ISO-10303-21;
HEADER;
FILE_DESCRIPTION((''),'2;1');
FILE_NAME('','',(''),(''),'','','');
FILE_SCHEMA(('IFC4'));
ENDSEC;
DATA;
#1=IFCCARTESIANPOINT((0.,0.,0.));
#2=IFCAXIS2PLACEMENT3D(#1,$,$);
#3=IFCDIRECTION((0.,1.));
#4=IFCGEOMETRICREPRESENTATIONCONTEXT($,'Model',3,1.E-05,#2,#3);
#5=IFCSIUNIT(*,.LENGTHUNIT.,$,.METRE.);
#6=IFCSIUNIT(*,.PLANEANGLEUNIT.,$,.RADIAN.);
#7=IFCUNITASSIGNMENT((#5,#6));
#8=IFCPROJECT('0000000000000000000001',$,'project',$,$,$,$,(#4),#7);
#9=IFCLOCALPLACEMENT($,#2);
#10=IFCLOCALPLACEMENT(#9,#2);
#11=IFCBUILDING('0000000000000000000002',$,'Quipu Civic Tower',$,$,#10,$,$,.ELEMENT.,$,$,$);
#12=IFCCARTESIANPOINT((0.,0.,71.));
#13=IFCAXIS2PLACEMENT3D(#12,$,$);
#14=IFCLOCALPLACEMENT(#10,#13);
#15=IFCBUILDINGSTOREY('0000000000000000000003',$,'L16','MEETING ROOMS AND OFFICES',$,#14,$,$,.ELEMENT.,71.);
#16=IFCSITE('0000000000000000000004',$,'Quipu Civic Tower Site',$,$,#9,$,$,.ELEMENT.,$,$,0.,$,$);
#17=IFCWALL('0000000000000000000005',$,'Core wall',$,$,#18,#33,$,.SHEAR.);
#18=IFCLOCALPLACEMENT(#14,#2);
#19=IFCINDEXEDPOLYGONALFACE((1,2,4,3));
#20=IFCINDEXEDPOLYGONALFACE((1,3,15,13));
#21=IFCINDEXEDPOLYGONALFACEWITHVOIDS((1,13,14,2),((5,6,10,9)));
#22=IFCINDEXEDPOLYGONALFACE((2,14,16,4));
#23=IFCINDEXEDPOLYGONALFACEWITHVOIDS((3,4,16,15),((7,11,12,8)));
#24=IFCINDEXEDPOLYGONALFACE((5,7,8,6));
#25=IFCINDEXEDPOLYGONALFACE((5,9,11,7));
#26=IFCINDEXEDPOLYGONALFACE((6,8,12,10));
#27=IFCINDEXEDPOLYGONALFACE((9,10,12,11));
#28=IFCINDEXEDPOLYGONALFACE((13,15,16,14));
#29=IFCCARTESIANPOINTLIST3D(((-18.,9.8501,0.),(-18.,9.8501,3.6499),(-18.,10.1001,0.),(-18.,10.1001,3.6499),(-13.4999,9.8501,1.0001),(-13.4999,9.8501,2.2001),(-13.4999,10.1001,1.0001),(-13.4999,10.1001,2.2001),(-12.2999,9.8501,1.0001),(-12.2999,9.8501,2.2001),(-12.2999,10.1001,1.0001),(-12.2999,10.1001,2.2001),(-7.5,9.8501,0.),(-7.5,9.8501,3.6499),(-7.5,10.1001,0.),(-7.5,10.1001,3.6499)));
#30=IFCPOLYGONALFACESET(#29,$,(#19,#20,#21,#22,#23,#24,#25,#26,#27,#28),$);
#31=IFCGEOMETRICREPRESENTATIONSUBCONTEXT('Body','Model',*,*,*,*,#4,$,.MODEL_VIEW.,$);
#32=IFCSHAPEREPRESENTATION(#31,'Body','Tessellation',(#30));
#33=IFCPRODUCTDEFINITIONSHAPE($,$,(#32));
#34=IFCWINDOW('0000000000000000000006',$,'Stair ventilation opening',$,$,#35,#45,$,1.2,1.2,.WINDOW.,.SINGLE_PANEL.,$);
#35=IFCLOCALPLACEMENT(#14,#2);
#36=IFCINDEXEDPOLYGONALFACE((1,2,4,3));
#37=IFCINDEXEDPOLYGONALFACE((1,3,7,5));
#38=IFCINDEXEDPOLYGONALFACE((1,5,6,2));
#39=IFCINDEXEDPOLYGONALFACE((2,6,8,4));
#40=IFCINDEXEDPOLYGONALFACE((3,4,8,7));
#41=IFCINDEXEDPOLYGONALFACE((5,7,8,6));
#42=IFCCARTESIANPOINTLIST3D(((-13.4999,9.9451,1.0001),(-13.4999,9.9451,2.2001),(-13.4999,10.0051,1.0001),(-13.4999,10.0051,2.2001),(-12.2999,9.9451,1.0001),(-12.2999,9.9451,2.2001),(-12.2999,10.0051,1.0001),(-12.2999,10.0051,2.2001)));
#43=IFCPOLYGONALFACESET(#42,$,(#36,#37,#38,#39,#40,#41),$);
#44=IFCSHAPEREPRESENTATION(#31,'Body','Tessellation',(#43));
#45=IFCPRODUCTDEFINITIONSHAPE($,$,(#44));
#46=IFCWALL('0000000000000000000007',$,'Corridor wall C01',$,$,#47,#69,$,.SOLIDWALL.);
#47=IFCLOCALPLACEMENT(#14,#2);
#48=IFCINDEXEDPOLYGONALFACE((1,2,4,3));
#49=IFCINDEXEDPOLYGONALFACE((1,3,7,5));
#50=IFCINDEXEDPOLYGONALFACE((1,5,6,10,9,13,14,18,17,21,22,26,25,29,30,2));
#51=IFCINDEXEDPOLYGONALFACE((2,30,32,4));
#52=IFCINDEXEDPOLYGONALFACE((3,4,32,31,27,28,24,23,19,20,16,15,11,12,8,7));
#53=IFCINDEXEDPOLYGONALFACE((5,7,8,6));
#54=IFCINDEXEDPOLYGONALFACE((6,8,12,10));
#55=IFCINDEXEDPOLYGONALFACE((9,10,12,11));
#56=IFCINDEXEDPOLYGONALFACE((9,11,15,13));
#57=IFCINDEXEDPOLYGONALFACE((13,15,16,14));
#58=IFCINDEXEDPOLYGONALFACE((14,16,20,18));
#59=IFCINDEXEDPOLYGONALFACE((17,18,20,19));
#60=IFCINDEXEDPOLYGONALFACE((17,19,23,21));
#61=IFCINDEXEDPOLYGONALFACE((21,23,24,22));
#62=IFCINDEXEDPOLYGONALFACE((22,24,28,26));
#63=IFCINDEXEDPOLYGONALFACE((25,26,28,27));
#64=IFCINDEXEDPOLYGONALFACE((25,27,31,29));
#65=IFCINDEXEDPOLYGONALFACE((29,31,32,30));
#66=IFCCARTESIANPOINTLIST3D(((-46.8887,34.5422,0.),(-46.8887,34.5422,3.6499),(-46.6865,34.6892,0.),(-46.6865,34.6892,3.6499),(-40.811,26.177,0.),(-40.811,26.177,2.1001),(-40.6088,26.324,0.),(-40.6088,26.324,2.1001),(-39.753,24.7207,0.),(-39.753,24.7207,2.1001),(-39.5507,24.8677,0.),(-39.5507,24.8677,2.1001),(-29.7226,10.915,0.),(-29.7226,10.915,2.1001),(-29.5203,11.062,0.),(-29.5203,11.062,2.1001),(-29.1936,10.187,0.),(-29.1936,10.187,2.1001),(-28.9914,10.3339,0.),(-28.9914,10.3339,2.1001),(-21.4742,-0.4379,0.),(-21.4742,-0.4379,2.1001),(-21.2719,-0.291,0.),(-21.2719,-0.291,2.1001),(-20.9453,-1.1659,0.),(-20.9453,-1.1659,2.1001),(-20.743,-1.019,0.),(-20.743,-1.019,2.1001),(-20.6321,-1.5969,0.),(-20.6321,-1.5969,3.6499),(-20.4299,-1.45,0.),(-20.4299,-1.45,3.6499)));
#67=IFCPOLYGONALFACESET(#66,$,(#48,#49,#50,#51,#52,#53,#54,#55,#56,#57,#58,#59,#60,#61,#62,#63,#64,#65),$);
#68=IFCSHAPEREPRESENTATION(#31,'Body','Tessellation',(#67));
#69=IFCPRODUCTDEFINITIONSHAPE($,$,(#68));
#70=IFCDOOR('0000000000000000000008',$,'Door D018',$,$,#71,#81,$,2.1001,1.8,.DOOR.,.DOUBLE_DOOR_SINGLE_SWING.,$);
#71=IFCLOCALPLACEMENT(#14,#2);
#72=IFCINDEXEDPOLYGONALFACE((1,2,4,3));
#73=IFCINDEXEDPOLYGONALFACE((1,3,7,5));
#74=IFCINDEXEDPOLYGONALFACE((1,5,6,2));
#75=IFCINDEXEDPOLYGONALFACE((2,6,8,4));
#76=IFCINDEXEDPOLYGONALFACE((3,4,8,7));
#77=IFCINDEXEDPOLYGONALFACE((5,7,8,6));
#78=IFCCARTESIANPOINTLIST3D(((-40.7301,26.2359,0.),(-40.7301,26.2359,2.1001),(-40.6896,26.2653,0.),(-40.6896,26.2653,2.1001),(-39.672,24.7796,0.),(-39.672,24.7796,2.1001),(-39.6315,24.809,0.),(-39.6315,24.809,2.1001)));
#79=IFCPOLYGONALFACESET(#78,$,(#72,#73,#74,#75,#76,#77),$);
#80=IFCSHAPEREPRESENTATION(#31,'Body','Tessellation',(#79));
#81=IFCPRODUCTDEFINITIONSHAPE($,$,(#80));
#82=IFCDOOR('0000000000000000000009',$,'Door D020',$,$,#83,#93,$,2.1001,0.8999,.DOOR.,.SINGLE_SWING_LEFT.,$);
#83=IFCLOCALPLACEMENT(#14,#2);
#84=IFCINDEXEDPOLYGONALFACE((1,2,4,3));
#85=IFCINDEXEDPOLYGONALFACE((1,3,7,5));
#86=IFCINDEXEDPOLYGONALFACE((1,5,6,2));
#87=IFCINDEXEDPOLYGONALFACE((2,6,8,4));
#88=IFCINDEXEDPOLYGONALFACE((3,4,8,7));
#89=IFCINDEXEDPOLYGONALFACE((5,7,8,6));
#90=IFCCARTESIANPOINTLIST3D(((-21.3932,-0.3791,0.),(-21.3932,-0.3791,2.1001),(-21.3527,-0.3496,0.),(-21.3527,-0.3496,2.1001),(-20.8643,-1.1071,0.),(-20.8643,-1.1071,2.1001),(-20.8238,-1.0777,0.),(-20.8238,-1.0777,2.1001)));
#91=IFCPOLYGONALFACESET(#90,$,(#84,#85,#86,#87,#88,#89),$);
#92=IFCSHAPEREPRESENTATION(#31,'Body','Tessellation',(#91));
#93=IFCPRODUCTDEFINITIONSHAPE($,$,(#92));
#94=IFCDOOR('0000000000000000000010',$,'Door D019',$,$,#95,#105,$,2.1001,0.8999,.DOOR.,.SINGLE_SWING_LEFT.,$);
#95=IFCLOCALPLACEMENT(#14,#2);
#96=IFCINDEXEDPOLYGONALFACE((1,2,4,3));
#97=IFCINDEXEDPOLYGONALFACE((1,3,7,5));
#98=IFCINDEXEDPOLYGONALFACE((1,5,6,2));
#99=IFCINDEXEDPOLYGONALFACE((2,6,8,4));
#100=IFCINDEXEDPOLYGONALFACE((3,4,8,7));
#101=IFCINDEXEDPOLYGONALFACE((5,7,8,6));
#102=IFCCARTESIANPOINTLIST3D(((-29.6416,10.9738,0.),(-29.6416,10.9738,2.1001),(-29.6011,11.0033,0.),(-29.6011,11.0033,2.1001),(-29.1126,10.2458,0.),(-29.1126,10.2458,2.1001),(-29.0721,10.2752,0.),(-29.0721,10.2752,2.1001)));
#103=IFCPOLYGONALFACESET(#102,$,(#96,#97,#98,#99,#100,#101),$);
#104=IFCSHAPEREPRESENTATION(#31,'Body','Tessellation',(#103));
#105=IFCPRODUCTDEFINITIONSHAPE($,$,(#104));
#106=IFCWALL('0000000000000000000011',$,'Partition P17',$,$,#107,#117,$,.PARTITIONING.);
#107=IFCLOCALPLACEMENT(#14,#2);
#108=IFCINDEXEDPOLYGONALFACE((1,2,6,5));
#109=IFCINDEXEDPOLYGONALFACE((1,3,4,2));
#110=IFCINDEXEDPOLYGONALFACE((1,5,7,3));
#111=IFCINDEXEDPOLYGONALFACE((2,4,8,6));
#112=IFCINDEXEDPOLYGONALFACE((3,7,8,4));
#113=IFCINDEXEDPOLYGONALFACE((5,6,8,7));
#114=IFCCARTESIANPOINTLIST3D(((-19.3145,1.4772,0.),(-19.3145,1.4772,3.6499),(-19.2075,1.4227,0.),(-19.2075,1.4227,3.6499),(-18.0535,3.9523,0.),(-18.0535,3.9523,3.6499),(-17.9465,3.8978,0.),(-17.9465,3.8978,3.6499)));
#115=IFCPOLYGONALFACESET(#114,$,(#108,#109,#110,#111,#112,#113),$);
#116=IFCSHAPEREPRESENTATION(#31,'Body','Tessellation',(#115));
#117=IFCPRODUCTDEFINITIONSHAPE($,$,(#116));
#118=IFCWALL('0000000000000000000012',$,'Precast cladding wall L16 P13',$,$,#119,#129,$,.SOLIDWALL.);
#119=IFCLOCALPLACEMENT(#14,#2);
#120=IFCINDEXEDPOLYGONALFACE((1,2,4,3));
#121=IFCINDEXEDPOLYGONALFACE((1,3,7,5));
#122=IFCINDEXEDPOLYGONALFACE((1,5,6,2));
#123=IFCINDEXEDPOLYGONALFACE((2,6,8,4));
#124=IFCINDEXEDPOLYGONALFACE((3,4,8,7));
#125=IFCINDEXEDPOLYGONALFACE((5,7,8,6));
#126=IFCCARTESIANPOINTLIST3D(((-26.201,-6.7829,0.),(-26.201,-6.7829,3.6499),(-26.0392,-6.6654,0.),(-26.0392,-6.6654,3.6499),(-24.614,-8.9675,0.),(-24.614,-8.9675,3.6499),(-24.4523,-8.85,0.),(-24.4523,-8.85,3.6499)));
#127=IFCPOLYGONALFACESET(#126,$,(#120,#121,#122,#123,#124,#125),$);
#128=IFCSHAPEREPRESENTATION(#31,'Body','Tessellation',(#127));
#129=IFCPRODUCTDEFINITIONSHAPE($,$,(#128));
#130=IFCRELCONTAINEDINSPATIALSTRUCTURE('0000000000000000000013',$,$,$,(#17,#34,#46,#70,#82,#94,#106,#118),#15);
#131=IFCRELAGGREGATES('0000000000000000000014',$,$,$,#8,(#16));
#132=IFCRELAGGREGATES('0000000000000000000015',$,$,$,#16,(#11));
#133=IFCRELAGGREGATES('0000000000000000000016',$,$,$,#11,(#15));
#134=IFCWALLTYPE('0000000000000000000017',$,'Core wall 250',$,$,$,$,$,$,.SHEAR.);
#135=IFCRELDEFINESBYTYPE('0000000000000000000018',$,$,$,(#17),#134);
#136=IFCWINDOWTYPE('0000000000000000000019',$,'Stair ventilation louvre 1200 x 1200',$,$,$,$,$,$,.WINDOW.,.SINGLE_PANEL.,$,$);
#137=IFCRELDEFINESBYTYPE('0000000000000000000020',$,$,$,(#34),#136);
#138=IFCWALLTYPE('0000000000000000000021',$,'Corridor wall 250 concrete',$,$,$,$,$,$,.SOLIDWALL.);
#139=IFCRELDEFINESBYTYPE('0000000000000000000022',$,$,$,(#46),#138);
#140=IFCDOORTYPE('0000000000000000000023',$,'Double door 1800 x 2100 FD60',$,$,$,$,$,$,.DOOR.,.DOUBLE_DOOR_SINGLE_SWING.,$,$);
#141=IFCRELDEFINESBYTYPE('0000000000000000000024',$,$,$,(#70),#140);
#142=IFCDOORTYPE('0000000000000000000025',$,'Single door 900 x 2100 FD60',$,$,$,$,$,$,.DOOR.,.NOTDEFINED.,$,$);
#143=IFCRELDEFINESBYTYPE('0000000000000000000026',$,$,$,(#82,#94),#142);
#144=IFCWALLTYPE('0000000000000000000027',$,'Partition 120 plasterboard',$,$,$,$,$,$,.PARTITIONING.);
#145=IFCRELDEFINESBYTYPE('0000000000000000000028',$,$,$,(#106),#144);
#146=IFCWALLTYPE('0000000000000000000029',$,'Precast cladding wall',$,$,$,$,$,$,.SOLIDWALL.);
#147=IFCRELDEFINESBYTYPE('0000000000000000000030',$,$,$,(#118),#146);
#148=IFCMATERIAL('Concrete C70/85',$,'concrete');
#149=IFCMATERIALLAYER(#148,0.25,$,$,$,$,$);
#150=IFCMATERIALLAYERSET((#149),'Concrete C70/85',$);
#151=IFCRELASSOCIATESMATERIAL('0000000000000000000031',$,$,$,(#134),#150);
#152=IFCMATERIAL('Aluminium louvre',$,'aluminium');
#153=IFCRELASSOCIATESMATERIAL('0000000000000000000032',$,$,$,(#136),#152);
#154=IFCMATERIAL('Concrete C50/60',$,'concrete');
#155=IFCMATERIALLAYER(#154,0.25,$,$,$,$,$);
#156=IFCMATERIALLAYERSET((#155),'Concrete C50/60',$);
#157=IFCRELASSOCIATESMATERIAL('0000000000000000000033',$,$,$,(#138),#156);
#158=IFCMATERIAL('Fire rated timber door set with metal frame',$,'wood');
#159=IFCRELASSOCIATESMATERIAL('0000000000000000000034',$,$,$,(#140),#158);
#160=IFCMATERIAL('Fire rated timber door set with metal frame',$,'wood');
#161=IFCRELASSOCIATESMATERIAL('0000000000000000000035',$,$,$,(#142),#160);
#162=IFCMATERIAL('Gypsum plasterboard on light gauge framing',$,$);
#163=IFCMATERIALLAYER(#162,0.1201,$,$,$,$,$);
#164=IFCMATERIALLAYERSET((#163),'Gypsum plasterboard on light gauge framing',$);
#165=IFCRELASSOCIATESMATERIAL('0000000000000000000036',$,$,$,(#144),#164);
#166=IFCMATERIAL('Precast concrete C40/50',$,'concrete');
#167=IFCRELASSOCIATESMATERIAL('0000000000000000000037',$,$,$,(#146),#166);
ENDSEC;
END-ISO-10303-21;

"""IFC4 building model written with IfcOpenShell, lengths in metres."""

from ifc_helpers import new_model, si_unit, direction, frame, frame_2d, origin, place, context, subcontext, project, spatial, rectangle, extrude, material, layer, layer_set, type_object, element, fill, save


model = new_model("IFC4")

# Units and contexts
model_context = context("Model", 3, precision=1e-05, world=origin(), true_north=direction((0.0, 1.0)))
body_context = subcontext(model_context, "Body", "Model", "MODEL_VIEW")
ifc_project = project(units=[si_unit("LENGTHUNIT", "METRE"), si_unit("PLANEANGLEUNIT", "RADIAN")], contexts=[model_context])

# Site, building, storey
site_placement = place(None, origin())
site = spatial("IfcSite", under=ifc_project, at=site_placement, Name="Quipu Civic Tower Site", CompositionType="ELEMENT", RefElevation=0.0)
building_placement = place(site_placement, origin())
building = spatial("IfcBuilding", under=site, at=building_placement, Name="Quipu Civic Tower", CompositionType="ELEMENT")
storey_placement = place(building_placement, frame((0.0, 0.0, 71.0)))
storey = spatial("IfcBuildingStorey", under=building, at=storey_placement, Name="L16", Description="MEETING ROOMS AND OFFICES", CompositionType="ELEMENT", Elevation=71.0)

# Shared definitions
ifc_material_1 = material(Name="Concrete C70/85", Category="concrete")
ifc_layer_1 = layer(ifc_material_1, 0.25)
ifc_layer_set_1 = layer_set([ifc_layer_1], Name="Concrete C70/85")
wall_type_1 = type_object("IfcWallType", Name="Core wall 250", PredefinedType="SHEAR", material=ifc_layer_set_1)

# Wall, opening, window
wall_1_placement = place(storey_placement, frame((-18.0, 9.9751, 0.0), z_axis=(0.0, 0.0, 1.0), x_axis=(1.0, 0.0, 0.0)))
wall_1 = element("IfcWall", 1, at=wall_1_placement, inside=storey, type_object=wall_type_1, Name="Core wall", PredefinedType="SHEAR", context=body_context, shape_type="SweptSolid", body=[
    extrude(rectangle(XDim=10.5, YDim=0.25, at=frame_2d((5.25, 0.0))), origin(), (0.0, 0.0, 1.0), 3.6499),
])
opening_1_placement = place(wall_1_placement, frame((4.5, 0.0, 1.0)))
opening_1 = element("IfcOpeningElement", 2, at=opening_1_placement, cuts=wall_1, PredefinedType="OPENING", context=body_context, shape_type="SweptSolid", body=[
    extrude(rectangle(XDim=1.2, YDim=1.2, at=frame_2d((0.6001, 0.6001))), frame((0.0, 0.135, 0.0), z_axis=(0.0, -1.0, 0.0), x_axis=(1.0, 0.0, 0.0)), (0.0, 0.0, 1.0), 0.27),
])
ifc_material_2 = material(Name="Aluminium louvre", Category="aluminium")
window_type = type_object("IfcWindowType", Name="Stair ventilation louvre 1200 x 1200", PartitioningType="SINGLE_PANEL", PredefinedType="WINDOW", material=ifc_material_2)
window_placement = place(opening_1_placement, origin())
window = element("IfcWindow", 3, at=window_placement, inside=storey, type_object=window_type, Name="Stair ventilation opening", OverallHeight=1.2, OverallWidth=1.2, PartitioningType="SINGLE_PANEL", PredefinedType="WINDOW", context=body_context, shape_type="SweptSolid", body=[
    extrude(rectangle(XDim=1.2, YDim=1.2, at=frame_2d((0.6001, 0.6001))), frame((0.0, 0.03, 0.0), z_axis=(0.0, -1.0, 0.0), x_axis=(1.0, 0.0, 0.0)), (0.0, 0.0, 1.0), 0.0601),
])
fill(opening_1, window)

# Wall, openings, doors
ifc_material_3 = material(Name="Concrete C50/60", Category="concrete")
ifc_layer_2 = layer(ifc_material_3, 0.25)
ifc_layer_set_2 = layer_set([ifc_layer_2], Name="Concrete C50/60")
wall_type_2 = type_object("IfcWallType", Name="Corridor wall 250 concrete", PredefinedType="SOLIDWALL", material=ifc_layer_set_2)
wall_2_placement = place(storey_placement, frame((-20.531, -1.5234, 0.0), z_axis=(0.0, 0.0, 1.0), x_axis=(-0.587785, 0.809017, 0.0)))
wall_2 = element("IfcWall", 4, at=wall_2_placement, inside=storey, type_object=wall_type_2, Name="Corridor wall C01", PredefinedType="SOLIDWALL", context=body_context, shape_type="SweptSolid", body=[
    extrude(rectangle(XDim=44.6704, YDim=0.25, at=frame_2d((22.3352, 0.0))), origin(), (0.0, 0.0, 1.0), 3.6499),
])
opening_2_placement = place(wall_2_placement, frame((0.5327, 0.0, 0.0)))
opening_2 = element("IfcOpeningElement", 5, at=opening_2_placement, cuts=wall_2, PredefinedType="OPENING", context=body_context, shape_type="SweptSolid", body=[
    extrude(rectangle(XDim=0.8999, YDim=2.1001, at=frame_2d((0.45, 1.05))), frame((0.0, 0.135, 0.0), z_axis=(0.0, -1.0, 0.0), x_axis=(1.0, 0.0, 0.0)), (0.0, 0.0, 1.0), 0.27),
])
opening_3_placement = place(wall_2_placement, frame((32.5305, 0.0, 0.0)))
opening_3 = element("IfcOpeningElement", 6, at=opening_3_placement, cuts=wall_2, PredefinedType="OPENING", context=body_context, shape_type="SweptSolid", body=[
    extrude(rectangle(XDim=1.8, YDim=2.1001, at=frame_2d((0.8999, 1.05))), frame((0.0, 0.135, 0.0), z_axis=(0.0, -1.0, 0.0), x_axis=(1.0, 0.0, 0.0)), (0.0, 0.0, 1.0), 0.27),
])
opening_4_placement = place(wall_2_placement, frame((14.5657, 0.0, 0.0)))
opening_4 = element("IfcOpeningElement", 7, at=opening_4_placement, cuts=wall_2, PredefinedType="OPENING", context=body_context, shape_type="SweptSolid", body=[
    extrude(rectangle(XDim=0.8999, YDim=2.1001, at=frame_2d((0.45, 1.05))), frame((0.0, 0.135, 0.0), z_axis=(0.0, -1.0, 0.0), x_axis=(1.0, 0.0, 0.0)), (0.0, 0.0, 1.0), 0.27),
])
ifc_material_4 = material(Name="Fire rated timber door set with metal frame", Category="wood")
door_type_1 = type_object("IfcDoorType", Name="Double door 1800 x 2100 FD60", OperationType="DOUBLE_DOOR_SINGLE_SWING", PredefinedType="DOOR", material=ifc_material_4)
door_1_placement = place(opening_3_placement, origin())
door_1 = element("IfcDoor", 8, at=door_1_placement, inside=storey, type_object=door_type_1, Name="Door D018", OperationType="DOUBLE_DOOR_SINGLE_SWING", OverallHeight=2.1001, OverallWidth=1.8, PredefinedType="DOOR", context=body_context, shape_type="SweptSolid", body=[
    extrude(rectangle(XDim=1.8, YDim=2.1001, at=frame_2d((0.8999, 1.05))), frame((0.0, 0.0249, 0.0), z_axis=(0.0, -1.0, 0.0), x_axis=(1.0, 0.0, 0.0)), (0.0, 0.0, 1.0), 0.05),
])
fill(opening_3, door_1)
ifc_material_5 = material(Name="Fire rated timber door set with metal frame", Category="wood")
door_type_2 = type_object("IfcDoorType", Name="Single door 900 x 2100 FD60", OperationType="NOTDEFINED", PredefinedType="DOOR", material=ifc_material_5)
door_2_placement = place(opening_2_placement, origin())
door_2 = element("IfcDoor", 9, at=door_2_placement, inside=storey, type_object=door_type_2, Name="Door D020", OperationType="SINGLE_SWING_LEFT", OverallHeight=2.1001, OverallWidth=0.8999, PredefinedType="DOOR", context=body_context, shape_type="SweptSolid", body=[
    extrude(rectangle(XDim=0.8999, YDim=2.1001, at=frame_2d((0.45, 1.05))), frame((0.0, 0.0249, 0.0), z_axis=(0.0, -1.0, 0.0), x_axis=(1.0, 0.0, 0.0)), (0.0, 0.0, 1.0), 0.05),
])
fill(opening_2, door_2)
door_3_placement = place(opening_4_placement, origin())
door_3 = element("IfcDoor", 10, at=door_3_placement, inside=storey, type_object=door_type_2, Name="Door D019", OperationType="SINGLE_SWING_LEFT", OverallHeight=2.1001, OverallWidth=0.8999, PredefinedType="DOOR", context=body_context, shape_type="SweptSolid", body=[
    extrude(rectangle(XDim=0.8999, YDim=2.1001, at=frame_2d((0.45, 1.05))), frame((0.0, 0.0249, 0.0), z_axis=(0.0, -1.0, 0.0), x_axis=(1.0, 0.0, 0.0)), (0.0, 0.0, 1.0), 0.05),
])
fill(opening_4, door_3)

# Walls
ifc_material_6 = material(Name="Gypsum plasterboard on light gauge framing")
ifc_layer_3 = layer(ifc_material_6, 0.1201)
ifc_layer_set_3 = layer_set([ifc_layer_3], Name="Gypsum plasterboard on light gauge framing")
wall_type_3 = type_object("IfcWallType", Name="Partition 120 plasterboard", PredefinedType="PARTITIONING", material=ifc_layer_set_3)
wall_3_placement = place(storey_placement, frame((-19.261, 1.45, 0.0), z_axis=(0.0, 0.0, 1.0), x_axis=(0.453951, 0.891027, 0.0)))
element("IfcWall", 11, at=wall_3_placement, inside=storey, type_object=wall_type_3, Name="Partition P17", PredefinedType="PARTITIONING", context=body_context, shape_type="SweptSolid", body=[
    extrude(rectangle(XDim=2.7778, YDim=0.1201, at=frame_2d((1.3889, 0.0))), origin(), (0.0, 0.0, 1.0), 3.6499),
])
ifc_material_7 = material(Name="Precast concrete C40/50", Category="concrete")
wall_type_4 = type_object("IfcWallType", Name="Precast cladding wall", PredefinedType="SOLIDWALL", material=ifc_material_7)
wall_4_placement = place(storey_placement, frame((-26.1201, -6.7241, 0.0), z_axis=(0.0, 0.0, 1.0), x_axis=(0.58772, -0.809064, 0.0)))
element("IfcWall", 12, at=wall_4_placement, inside=storey, type_object=wall_type_4, Name="Precast cladding wall L16 P13", PredefinedType="SOLIDWALL", context=body_context, shape_type="SweptSolid", body=[
    extrude(rectangle(XDim=2.7002, YDim=0.2, at=frame_2d((1.3501, 0.0))), origin(), (0.0, 0.0, 1.0), 3.6499),
])

save(model, "model.ifc")
